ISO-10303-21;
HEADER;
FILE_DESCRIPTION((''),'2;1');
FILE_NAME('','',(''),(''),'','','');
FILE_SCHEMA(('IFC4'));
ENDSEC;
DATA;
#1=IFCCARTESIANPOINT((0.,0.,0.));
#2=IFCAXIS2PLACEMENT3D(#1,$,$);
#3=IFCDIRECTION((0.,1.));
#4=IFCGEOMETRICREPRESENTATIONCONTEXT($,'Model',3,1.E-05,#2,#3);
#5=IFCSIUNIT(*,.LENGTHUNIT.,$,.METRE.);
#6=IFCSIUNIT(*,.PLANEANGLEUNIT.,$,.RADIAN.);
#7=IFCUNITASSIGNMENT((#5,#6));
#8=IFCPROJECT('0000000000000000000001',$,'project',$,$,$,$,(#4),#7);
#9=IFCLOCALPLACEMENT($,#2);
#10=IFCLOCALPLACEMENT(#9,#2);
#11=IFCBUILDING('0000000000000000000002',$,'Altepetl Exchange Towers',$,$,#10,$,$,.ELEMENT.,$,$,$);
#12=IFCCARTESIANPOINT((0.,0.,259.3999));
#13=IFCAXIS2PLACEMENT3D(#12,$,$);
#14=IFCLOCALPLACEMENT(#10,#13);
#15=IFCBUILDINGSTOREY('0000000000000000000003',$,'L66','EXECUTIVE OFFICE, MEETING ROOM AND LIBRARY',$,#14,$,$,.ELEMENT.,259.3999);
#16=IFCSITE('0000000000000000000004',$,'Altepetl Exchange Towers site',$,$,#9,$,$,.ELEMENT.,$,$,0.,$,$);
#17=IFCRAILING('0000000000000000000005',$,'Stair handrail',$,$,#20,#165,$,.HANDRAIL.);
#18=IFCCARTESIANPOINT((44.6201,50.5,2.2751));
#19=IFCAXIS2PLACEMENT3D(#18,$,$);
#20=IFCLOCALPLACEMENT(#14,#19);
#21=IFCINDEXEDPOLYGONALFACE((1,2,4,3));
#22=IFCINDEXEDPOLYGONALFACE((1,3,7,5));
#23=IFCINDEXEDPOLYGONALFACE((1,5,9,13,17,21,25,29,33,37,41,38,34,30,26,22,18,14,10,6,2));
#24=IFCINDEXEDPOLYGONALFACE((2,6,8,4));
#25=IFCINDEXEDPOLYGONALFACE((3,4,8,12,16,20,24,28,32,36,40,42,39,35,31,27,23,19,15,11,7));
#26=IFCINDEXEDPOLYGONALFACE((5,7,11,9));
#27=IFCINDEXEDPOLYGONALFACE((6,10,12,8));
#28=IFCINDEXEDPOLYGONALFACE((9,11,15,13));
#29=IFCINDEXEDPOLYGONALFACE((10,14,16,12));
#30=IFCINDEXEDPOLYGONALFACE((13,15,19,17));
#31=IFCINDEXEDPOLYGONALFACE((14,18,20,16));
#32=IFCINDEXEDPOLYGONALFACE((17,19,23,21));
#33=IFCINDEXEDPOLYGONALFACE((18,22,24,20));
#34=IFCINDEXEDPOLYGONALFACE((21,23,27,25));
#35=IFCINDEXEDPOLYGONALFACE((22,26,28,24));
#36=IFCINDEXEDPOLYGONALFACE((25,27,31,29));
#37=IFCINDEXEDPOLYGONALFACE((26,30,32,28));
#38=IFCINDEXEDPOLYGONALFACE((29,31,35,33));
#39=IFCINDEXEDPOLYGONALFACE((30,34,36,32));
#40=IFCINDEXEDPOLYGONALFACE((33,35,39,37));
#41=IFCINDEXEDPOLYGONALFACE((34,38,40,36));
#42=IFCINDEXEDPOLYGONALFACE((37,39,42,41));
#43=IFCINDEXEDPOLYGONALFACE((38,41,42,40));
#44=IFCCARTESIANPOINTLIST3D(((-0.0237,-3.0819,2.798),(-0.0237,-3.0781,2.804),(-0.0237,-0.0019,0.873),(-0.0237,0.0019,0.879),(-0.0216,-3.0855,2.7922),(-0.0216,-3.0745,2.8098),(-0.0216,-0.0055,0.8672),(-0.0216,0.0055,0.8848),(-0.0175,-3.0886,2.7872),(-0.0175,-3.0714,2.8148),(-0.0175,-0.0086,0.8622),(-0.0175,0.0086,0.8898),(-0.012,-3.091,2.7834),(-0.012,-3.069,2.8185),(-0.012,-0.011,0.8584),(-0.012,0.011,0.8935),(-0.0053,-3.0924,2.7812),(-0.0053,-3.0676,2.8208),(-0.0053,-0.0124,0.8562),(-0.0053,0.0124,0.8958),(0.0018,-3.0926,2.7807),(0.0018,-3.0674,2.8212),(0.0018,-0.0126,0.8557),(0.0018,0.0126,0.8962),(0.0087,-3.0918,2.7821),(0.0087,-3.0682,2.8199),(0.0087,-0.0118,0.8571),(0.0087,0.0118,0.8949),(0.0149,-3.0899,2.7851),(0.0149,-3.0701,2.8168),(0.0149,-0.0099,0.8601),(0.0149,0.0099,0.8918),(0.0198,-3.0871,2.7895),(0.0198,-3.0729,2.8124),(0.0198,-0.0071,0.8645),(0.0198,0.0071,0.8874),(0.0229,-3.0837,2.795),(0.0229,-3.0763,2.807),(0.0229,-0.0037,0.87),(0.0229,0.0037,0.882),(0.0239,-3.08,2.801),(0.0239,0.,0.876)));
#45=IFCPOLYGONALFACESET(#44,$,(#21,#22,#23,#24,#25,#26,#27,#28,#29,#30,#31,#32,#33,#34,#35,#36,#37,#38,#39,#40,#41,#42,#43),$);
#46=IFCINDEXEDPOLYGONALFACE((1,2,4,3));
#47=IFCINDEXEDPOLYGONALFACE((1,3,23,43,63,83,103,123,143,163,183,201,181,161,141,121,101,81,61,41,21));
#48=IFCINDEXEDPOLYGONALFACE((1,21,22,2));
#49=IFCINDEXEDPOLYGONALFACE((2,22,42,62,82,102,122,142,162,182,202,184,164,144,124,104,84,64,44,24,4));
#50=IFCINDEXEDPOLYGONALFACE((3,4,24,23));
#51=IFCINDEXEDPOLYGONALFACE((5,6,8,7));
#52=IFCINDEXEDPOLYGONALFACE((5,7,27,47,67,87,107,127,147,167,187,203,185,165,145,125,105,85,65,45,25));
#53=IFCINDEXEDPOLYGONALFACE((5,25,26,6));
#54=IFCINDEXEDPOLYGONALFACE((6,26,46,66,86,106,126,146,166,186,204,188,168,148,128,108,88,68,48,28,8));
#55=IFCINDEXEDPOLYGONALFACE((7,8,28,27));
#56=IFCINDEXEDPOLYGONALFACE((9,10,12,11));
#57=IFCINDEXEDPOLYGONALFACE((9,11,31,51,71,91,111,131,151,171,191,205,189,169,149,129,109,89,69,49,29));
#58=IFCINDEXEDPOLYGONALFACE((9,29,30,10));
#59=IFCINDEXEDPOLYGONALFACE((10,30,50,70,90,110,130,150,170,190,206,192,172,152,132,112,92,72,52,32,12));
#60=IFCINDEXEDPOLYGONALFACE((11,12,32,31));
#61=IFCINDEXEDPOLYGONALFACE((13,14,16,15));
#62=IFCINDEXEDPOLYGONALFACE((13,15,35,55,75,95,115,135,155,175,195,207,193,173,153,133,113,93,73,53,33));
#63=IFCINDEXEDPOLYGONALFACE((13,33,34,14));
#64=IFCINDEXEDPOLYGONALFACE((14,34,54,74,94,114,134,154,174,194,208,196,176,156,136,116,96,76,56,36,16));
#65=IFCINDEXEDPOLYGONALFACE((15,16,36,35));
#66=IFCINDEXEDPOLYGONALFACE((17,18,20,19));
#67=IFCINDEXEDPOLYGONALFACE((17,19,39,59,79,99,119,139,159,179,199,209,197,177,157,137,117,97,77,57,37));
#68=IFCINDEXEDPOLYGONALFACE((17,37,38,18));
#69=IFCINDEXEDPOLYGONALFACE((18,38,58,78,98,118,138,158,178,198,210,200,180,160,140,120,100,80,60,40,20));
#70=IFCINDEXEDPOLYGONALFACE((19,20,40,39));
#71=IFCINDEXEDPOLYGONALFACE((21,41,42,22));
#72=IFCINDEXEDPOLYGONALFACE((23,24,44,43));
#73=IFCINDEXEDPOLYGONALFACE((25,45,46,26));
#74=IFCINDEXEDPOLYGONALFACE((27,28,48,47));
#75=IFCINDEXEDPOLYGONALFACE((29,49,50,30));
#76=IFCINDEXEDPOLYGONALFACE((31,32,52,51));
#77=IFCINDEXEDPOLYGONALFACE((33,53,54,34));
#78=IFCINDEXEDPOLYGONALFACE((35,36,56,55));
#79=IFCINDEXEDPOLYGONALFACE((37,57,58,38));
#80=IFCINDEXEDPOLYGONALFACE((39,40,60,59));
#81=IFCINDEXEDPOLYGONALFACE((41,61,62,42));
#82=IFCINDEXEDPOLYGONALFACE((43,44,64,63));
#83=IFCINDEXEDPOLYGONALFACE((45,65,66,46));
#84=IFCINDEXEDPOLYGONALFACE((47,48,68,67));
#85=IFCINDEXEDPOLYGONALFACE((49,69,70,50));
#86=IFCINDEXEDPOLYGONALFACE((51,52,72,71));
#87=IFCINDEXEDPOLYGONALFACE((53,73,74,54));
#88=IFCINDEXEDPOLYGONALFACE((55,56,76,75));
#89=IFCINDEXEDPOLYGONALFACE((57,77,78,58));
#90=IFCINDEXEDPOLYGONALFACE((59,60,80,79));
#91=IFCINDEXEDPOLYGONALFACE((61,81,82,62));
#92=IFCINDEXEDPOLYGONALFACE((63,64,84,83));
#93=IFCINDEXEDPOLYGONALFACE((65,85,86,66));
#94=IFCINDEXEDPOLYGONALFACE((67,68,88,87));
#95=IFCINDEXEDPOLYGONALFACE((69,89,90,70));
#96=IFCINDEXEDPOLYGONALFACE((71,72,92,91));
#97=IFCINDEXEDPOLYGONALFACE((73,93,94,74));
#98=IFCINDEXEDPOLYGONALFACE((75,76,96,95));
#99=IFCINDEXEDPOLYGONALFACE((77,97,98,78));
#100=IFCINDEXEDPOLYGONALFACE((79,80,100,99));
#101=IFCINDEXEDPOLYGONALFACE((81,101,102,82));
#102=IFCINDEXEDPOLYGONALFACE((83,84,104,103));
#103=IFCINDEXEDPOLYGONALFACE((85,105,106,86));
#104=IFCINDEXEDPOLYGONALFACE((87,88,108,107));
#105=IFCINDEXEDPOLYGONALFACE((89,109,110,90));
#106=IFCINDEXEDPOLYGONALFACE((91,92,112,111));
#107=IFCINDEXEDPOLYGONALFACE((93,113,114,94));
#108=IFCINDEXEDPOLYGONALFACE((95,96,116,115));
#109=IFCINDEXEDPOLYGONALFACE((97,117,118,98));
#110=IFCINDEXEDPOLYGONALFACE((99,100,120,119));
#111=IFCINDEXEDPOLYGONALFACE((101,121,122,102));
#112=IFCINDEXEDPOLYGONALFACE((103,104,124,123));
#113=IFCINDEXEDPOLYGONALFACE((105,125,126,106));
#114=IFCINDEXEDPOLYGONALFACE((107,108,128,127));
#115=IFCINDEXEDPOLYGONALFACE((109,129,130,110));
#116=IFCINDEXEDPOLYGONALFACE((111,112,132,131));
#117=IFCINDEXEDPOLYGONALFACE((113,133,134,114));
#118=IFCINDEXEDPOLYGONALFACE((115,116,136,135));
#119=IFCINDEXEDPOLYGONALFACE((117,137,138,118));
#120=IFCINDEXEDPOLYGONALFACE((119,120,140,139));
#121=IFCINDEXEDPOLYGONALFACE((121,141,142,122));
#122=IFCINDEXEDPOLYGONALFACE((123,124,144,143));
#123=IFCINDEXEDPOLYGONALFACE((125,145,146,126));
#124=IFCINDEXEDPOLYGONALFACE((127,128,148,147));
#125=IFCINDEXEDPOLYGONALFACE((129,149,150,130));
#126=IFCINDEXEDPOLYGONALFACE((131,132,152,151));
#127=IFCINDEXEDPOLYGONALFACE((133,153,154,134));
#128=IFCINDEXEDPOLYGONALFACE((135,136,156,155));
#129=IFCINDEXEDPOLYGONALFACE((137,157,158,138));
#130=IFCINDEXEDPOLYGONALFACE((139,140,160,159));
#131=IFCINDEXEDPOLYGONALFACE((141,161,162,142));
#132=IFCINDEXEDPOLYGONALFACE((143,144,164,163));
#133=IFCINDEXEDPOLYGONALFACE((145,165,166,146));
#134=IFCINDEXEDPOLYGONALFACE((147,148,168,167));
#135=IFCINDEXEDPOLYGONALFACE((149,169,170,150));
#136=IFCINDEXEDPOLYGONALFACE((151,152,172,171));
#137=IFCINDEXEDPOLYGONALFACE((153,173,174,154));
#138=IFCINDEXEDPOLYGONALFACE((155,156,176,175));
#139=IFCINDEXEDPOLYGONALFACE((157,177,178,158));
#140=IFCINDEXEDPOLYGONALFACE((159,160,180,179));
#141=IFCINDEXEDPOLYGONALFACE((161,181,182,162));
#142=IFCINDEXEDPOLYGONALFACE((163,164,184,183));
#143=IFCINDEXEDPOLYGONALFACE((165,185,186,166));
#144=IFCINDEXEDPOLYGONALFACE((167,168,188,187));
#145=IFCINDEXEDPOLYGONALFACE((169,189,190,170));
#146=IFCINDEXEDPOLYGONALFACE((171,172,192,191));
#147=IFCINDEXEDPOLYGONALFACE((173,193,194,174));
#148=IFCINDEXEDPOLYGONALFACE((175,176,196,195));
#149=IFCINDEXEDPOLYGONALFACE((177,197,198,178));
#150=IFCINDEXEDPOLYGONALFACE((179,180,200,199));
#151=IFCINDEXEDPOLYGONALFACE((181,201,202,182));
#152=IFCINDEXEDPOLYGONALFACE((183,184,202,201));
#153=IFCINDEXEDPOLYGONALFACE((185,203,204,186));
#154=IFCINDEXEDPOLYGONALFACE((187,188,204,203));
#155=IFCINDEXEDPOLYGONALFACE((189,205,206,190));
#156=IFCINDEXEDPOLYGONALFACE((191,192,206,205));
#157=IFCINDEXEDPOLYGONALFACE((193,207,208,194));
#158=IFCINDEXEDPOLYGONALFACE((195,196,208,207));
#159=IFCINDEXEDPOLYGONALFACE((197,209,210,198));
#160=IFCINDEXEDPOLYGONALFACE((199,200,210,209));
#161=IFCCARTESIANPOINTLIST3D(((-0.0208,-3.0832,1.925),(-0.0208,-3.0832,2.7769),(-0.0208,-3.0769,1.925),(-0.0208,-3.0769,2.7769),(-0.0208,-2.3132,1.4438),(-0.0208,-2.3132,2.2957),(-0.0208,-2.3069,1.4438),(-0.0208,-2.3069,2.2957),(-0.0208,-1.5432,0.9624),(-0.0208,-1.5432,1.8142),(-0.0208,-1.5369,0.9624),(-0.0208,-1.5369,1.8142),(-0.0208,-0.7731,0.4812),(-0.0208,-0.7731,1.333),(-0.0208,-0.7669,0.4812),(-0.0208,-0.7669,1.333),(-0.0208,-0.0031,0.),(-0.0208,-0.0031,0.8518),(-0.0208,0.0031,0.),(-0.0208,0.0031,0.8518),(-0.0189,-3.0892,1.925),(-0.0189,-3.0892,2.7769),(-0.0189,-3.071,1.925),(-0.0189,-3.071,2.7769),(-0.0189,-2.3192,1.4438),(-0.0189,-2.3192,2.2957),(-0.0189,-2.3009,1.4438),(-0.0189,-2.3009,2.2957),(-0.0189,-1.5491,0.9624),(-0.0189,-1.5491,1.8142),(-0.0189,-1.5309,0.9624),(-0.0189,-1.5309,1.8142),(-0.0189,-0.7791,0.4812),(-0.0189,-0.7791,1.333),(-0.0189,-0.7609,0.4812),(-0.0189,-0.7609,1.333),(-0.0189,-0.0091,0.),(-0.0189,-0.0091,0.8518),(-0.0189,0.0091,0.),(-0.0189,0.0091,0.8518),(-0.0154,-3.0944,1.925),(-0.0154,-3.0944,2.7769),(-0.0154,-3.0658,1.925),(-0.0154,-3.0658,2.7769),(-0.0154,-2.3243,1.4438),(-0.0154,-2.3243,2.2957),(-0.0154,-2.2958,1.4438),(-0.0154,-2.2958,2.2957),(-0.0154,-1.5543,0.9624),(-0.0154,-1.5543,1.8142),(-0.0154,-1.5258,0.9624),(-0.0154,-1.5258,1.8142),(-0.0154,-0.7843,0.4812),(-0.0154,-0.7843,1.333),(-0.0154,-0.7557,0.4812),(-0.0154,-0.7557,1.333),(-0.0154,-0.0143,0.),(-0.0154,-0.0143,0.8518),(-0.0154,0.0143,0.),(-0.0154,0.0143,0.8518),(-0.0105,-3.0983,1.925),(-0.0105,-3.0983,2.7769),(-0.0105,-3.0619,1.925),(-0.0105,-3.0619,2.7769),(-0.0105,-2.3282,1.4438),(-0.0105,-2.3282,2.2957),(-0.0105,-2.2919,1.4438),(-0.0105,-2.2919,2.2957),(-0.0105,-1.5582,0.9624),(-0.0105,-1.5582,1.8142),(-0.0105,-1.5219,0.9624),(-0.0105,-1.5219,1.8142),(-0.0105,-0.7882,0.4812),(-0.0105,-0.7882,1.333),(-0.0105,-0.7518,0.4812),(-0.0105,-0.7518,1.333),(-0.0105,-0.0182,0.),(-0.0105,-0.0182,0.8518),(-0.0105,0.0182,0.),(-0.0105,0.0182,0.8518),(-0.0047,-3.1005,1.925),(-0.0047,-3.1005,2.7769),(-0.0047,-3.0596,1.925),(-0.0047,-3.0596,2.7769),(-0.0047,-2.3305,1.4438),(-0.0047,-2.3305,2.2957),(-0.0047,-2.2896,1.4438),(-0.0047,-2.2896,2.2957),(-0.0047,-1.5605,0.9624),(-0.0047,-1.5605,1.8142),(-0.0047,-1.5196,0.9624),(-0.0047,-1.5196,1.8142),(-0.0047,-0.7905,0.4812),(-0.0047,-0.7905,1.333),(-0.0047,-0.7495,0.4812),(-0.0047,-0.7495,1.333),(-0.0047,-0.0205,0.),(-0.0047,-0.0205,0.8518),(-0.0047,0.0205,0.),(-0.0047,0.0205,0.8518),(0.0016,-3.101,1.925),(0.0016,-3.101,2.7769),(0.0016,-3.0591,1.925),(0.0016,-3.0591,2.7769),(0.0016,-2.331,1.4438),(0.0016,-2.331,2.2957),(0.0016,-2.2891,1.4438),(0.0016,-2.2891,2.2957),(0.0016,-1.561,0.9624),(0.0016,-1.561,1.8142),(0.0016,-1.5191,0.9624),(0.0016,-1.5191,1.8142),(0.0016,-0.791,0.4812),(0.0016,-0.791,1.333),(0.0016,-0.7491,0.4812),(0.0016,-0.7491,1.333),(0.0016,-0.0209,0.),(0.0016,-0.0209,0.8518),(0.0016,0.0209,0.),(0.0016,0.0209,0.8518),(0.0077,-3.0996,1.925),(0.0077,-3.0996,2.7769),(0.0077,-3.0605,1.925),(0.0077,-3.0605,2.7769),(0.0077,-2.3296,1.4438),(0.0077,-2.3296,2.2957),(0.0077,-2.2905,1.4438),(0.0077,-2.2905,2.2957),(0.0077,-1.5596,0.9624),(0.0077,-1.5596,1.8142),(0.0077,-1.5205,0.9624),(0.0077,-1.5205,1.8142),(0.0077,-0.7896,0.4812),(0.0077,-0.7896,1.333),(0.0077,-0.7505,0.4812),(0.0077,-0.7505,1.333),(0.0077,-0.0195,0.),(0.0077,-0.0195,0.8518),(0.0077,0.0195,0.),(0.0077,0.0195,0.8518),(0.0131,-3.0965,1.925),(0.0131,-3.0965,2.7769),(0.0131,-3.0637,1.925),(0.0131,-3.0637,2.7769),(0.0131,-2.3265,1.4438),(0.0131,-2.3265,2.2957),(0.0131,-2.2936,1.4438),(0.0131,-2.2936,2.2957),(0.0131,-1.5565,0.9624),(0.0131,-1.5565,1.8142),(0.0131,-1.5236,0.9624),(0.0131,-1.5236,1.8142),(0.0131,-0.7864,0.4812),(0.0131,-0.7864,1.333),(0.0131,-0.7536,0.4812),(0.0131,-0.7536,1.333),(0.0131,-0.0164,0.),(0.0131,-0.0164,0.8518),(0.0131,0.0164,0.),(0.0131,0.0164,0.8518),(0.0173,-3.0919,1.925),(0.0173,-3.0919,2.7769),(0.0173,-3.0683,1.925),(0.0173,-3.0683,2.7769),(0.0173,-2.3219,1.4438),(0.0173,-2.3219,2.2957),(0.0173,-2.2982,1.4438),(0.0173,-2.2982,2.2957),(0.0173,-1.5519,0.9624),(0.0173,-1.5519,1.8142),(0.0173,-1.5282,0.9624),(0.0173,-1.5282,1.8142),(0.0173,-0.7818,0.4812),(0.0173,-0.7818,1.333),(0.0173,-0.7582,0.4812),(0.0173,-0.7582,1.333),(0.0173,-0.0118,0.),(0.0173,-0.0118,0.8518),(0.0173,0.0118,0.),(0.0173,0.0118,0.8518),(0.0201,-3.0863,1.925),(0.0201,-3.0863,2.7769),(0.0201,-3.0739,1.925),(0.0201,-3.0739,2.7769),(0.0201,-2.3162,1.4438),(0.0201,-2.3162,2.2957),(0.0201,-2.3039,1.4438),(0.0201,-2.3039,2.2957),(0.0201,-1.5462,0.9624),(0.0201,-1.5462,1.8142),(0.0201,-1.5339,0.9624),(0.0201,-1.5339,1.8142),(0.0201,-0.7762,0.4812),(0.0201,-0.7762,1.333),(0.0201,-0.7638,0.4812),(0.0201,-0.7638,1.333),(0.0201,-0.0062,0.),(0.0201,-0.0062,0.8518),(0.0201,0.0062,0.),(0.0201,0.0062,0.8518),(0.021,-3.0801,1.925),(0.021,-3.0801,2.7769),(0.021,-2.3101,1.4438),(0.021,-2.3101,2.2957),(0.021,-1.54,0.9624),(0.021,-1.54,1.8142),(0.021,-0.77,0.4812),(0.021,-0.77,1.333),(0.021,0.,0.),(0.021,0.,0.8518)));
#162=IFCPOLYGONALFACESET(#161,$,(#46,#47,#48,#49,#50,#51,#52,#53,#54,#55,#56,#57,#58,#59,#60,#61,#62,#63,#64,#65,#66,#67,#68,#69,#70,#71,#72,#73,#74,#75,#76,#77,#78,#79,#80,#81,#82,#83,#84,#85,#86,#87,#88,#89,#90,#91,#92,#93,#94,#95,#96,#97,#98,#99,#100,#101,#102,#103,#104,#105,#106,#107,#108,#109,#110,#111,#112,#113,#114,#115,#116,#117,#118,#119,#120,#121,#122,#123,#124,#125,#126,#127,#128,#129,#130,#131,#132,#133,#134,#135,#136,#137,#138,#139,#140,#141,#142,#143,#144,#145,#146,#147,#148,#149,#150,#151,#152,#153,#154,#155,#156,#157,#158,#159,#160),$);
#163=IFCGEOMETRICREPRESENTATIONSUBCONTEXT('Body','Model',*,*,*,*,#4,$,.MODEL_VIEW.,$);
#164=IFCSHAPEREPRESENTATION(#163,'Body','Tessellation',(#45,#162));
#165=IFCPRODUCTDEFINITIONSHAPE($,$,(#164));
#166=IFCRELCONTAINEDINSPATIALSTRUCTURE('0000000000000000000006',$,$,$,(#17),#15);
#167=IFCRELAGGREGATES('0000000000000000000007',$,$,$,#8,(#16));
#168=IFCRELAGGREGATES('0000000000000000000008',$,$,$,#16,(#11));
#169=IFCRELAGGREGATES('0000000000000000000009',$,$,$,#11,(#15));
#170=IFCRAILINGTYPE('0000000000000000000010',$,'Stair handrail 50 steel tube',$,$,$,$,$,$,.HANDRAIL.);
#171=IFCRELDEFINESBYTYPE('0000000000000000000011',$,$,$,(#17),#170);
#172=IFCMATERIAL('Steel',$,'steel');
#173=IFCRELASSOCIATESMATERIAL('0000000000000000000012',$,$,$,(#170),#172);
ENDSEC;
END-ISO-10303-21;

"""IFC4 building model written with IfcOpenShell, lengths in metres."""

from ifc_helpers import new_model, si_unit, direction, frame, origin, origin_2d, place, context, subcontext, project, spatial, circle, extrude, source, transform, mapped, material, type_object, element, save


model = new_model("IFC4")

# Units and contexts
model_context = context("Model", 3, precision=1e-05, world=origin(), true_north=direction((0.0, 1.0)))
body_context = subcontext(model_context, "Body", "Model", "MODEL_VIEW")
ifc_project = project(units=[si_unit("LENGTHUNIT", "METRE"), si_unit("PLANEANGLEUNIT", "RADIAN")], contexts=[model_context])

# Site, building, storey
site_placement = place(None, origin())
site = spatial("IfcSite", under=ifc_project, at=site_placement, Name="Altepetl Exchange Towers site", CompositionType="ELEMENT", RefElevation=0.0)
building_placement = place(site_placement, origin())
building = spatial("IfcBuilding", under=site, at=building_placement, Name="Altepetl Exchange Towers", CompositionType="ELEMENT")
storey_placement = place(building_placement, frame((0.0, 0.0, 259.3999)))
storey = spatial("IfcBuildingStorey", under=building, at=storey_placement, Name="L66", Description="EXECUTIVE OFFICE, MEETING ROOM AND LIBRARY", CompositionType="ELEMENT", Elevation=259.3999)

# Railing
ifc_material_1 = material(Name="Steel", Category="steel")
railing_type = type_object("IfcRailingType", Name="Stair handrail 50 steel tube", PredefinedType="HANDRAIL", material=ifc_material_1)
shared_shape = source(origin(), body_context, "Body", "SweptSolid", [
    extrude(circle(Radius=0.021, at=origin_2d()), origin(), (0.0, 0.0, 1.0), 0.8518),
])
for number, where, name in (
    (1, (44.6201, 50.5, 2.2751), "Stair handrail"),
):
    element("IfcRailing", number, at=place(storey_placement, frame(where)), inside=storey, type_object=railing_type, Name=name, PredefinedType="HANDRAIL", context=body_context, shape_type="SweptSolid", body=[
        extrude(circle(Radius=0.0239, at=origin_2d()), frame((0.0, 0.0, 0.876), z_axis=(0.0, -0.847998, 0.529999), x_axis=(1.0, 0.0, 0.0)), (0.0, 0.0, 1.0), 3.6321),
        mapped(shared_shape, transform((0.0, 0.0, 0.0))),
        mapped(shared_shape, transform((0.0, -0.77, 0.4812))),
        mapped(shared_shape, transform((0.0, -1.54, 0.9624))),
        mapped(shared_shape, transform((0.0, -2.3101, 1.4438))),
        mapped(shared_shape, transform((0.0, -3.0801, 1.925))),
    ])

save(model, "model.ifc")
